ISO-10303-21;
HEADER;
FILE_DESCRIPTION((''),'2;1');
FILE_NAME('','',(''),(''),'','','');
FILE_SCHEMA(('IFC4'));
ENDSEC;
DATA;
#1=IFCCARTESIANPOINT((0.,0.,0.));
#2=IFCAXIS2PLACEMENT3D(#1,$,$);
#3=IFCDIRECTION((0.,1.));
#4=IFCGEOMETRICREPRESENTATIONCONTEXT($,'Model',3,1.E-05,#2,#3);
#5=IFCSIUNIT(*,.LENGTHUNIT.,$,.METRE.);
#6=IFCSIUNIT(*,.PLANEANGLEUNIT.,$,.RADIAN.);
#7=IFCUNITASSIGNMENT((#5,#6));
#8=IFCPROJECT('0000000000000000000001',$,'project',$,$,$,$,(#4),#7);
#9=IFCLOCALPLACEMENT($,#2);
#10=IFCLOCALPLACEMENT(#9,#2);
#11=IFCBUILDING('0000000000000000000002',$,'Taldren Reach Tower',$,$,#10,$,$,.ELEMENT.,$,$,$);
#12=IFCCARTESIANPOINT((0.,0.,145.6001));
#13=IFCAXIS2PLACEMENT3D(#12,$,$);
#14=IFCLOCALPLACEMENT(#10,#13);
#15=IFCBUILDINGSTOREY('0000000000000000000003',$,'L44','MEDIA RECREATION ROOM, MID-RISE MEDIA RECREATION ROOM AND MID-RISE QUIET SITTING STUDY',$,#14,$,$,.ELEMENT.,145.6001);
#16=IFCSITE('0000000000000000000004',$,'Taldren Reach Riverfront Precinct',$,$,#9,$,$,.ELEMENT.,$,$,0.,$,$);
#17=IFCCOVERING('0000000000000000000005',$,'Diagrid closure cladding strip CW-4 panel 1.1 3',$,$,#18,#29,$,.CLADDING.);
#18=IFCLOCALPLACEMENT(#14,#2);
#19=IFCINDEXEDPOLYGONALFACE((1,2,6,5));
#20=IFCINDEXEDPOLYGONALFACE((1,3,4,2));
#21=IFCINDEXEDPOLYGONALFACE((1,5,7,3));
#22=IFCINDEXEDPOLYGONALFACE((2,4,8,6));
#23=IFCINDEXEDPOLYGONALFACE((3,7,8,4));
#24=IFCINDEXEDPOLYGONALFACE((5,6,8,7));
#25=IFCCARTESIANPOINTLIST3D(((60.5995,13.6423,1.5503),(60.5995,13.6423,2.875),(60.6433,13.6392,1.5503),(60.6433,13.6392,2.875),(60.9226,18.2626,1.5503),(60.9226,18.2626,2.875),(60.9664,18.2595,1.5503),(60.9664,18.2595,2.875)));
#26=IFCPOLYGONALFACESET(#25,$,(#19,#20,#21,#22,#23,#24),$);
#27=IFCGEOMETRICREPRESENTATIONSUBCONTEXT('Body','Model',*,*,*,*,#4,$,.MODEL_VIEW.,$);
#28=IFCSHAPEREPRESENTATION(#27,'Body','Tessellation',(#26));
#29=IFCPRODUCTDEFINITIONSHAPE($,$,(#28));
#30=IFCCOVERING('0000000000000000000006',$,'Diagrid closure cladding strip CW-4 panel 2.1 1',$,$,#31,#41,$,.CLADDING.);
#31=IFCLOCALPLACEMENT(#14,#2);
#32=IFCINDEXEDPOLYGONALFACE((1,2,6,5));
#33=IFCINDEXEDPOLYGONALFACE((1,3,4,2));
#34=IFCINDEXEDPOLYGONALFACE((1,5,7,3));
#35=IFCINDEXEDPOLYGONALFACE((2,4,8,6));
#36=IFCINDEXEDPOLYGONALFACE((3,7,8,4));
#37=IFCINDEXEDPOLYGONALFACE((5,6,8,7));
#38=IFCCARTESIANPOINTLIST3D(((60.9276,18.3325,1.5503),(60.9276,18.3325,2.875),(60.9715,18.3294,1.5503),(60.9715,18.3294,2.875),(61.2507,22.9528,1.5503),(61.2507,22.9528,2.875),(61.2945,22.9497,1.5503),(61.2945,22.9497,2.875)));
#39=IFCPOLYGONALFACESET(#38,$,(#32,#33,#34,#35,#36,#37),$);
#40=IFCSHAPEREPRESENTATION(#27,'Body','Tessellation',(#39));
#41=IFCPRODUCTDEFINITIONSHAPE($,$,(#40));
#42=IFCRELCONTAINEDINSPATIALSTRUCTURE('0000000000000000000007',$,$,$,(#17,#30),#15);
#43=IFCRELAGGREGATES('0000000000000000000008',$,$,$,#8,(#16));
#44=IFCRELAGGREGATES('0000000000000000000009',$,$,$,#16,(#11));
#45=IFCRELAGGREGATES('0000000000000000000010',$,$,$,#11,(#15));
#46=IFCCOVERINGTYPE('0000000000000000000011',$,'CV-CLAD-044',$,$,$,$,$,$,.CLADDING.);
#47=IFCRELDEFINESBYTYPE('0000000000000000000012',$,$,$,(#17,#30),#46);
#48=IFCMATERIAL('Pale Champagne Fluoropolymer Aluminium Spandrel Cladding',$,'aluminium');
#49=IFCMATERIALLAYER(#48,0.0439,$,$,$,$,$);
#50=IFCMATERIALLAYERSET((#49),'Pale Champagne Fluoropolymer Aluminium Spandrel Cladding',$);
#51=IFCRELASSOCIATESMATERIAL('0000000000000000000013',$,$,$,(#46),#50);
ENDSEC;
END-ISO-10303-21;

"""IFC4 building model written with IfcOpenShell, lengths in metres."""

from ifc_helpers import new_model, si_unit, direction, frame, origin, origin_2d, place, context, subcontext, project, spatial, rectangle, extrude, source, transform, mapped, material, layer, layer_set, type_object, element, save


model = new_model("IFC4")

# Units and contexts
model_context = context("Model", 3, precision=1e-05, world=origin(), true_north=direction((0.0, 1.0)))
body_context = subcontext(model_context, "Body", "Model", "MODEL_VIEW")
ifc_project = project(units=[si_unit("LENGTHUNIT", "METRE"), si_unit("PLANEANGLEUNIT", "RADIAN")], contexts=[model_context])

# Site, building, storey
site_placement = place(None, origin())
site = spatial("IfcSite", under=ifc_project, at=site_placement, Name="Taldren Reach Riverfront Precinct", CompositionType="ELEMENT", RefElevation=0.0)
building_placement = place(site_placement, origin())
building = spatial("IfcBuilding", under=site, at=building_placement, Name="Taldren Reach Tower", CompositionType="ELEMENT")
storey_placement = place(building_placement, frame((0.0, 0.0, 145.6001)))
storey = spatial("IfcBuildingStorey", under=building, at=storey_placement, Name="L44", Description="MEDIA RECREATION ROOM, MID-RISE MEDIA RECREATION ROOM AND MID-RISE QUIET SITTING STUDY", CompositionType="ELEMENT", Elevation=145.6001)

# Coverings
ifc_material_1 = material(Name="Pale Champagne Fluoropolymer Aluminium Spandrel Cladding", Category="aluminium")
ifc_layer_1 = layer(ifc_material_1, 0.0439)
ifc_layer_set_1 = layer_set([ifc_layer_1], Name="Pale Champagne Fluoropolymer Aluminium Spandrel Cladding")
covering_type = type_object("IfcCoveringType", Name="CV-CLAD-044", PredefinedType="CLADDING", material=ifc_layer_set_1)
shared_shape_1 = source(origin(), body_context, "Body", "SweptSolid", [
    extrude(rectangle(XDim=4.6316, YDim=0.0439, at=origin_2d()), origin(), (0.0, 0.0, 1.0), 1.3247),
])
for number, where, z_axis, x_axis, name in (
    (1, (60.783, 15.9509, 1.5503), (0.0, 0.0, 1.0), (0.069756, 0.997564, 0.0), "Diagrid closure cladding strip CW-4 panel 1.1 3"),
    (2, (61.1111, 20.6411, 1.5503), (0.0, 0.0, 1.0), (0.069756, 0.997564, 0.0), "Diagrid closure cladding strip CW-4 panel 2.1 1"),
):
    element("IfcCovering", number, at=place(storey_placement, frame(where, z_axis=z_axis, x_axis=x_axis)), inside=storey, type_object=covering_type, Name=name, PredefinedType="CLADDING", context=body_context, shape_type="MappedRepresentation", body=[
        mapped(shared_shape_1, transform((0.0, 0.0, 0.0), scale=1.0)),
    ])

save(model, "model.ifc")
